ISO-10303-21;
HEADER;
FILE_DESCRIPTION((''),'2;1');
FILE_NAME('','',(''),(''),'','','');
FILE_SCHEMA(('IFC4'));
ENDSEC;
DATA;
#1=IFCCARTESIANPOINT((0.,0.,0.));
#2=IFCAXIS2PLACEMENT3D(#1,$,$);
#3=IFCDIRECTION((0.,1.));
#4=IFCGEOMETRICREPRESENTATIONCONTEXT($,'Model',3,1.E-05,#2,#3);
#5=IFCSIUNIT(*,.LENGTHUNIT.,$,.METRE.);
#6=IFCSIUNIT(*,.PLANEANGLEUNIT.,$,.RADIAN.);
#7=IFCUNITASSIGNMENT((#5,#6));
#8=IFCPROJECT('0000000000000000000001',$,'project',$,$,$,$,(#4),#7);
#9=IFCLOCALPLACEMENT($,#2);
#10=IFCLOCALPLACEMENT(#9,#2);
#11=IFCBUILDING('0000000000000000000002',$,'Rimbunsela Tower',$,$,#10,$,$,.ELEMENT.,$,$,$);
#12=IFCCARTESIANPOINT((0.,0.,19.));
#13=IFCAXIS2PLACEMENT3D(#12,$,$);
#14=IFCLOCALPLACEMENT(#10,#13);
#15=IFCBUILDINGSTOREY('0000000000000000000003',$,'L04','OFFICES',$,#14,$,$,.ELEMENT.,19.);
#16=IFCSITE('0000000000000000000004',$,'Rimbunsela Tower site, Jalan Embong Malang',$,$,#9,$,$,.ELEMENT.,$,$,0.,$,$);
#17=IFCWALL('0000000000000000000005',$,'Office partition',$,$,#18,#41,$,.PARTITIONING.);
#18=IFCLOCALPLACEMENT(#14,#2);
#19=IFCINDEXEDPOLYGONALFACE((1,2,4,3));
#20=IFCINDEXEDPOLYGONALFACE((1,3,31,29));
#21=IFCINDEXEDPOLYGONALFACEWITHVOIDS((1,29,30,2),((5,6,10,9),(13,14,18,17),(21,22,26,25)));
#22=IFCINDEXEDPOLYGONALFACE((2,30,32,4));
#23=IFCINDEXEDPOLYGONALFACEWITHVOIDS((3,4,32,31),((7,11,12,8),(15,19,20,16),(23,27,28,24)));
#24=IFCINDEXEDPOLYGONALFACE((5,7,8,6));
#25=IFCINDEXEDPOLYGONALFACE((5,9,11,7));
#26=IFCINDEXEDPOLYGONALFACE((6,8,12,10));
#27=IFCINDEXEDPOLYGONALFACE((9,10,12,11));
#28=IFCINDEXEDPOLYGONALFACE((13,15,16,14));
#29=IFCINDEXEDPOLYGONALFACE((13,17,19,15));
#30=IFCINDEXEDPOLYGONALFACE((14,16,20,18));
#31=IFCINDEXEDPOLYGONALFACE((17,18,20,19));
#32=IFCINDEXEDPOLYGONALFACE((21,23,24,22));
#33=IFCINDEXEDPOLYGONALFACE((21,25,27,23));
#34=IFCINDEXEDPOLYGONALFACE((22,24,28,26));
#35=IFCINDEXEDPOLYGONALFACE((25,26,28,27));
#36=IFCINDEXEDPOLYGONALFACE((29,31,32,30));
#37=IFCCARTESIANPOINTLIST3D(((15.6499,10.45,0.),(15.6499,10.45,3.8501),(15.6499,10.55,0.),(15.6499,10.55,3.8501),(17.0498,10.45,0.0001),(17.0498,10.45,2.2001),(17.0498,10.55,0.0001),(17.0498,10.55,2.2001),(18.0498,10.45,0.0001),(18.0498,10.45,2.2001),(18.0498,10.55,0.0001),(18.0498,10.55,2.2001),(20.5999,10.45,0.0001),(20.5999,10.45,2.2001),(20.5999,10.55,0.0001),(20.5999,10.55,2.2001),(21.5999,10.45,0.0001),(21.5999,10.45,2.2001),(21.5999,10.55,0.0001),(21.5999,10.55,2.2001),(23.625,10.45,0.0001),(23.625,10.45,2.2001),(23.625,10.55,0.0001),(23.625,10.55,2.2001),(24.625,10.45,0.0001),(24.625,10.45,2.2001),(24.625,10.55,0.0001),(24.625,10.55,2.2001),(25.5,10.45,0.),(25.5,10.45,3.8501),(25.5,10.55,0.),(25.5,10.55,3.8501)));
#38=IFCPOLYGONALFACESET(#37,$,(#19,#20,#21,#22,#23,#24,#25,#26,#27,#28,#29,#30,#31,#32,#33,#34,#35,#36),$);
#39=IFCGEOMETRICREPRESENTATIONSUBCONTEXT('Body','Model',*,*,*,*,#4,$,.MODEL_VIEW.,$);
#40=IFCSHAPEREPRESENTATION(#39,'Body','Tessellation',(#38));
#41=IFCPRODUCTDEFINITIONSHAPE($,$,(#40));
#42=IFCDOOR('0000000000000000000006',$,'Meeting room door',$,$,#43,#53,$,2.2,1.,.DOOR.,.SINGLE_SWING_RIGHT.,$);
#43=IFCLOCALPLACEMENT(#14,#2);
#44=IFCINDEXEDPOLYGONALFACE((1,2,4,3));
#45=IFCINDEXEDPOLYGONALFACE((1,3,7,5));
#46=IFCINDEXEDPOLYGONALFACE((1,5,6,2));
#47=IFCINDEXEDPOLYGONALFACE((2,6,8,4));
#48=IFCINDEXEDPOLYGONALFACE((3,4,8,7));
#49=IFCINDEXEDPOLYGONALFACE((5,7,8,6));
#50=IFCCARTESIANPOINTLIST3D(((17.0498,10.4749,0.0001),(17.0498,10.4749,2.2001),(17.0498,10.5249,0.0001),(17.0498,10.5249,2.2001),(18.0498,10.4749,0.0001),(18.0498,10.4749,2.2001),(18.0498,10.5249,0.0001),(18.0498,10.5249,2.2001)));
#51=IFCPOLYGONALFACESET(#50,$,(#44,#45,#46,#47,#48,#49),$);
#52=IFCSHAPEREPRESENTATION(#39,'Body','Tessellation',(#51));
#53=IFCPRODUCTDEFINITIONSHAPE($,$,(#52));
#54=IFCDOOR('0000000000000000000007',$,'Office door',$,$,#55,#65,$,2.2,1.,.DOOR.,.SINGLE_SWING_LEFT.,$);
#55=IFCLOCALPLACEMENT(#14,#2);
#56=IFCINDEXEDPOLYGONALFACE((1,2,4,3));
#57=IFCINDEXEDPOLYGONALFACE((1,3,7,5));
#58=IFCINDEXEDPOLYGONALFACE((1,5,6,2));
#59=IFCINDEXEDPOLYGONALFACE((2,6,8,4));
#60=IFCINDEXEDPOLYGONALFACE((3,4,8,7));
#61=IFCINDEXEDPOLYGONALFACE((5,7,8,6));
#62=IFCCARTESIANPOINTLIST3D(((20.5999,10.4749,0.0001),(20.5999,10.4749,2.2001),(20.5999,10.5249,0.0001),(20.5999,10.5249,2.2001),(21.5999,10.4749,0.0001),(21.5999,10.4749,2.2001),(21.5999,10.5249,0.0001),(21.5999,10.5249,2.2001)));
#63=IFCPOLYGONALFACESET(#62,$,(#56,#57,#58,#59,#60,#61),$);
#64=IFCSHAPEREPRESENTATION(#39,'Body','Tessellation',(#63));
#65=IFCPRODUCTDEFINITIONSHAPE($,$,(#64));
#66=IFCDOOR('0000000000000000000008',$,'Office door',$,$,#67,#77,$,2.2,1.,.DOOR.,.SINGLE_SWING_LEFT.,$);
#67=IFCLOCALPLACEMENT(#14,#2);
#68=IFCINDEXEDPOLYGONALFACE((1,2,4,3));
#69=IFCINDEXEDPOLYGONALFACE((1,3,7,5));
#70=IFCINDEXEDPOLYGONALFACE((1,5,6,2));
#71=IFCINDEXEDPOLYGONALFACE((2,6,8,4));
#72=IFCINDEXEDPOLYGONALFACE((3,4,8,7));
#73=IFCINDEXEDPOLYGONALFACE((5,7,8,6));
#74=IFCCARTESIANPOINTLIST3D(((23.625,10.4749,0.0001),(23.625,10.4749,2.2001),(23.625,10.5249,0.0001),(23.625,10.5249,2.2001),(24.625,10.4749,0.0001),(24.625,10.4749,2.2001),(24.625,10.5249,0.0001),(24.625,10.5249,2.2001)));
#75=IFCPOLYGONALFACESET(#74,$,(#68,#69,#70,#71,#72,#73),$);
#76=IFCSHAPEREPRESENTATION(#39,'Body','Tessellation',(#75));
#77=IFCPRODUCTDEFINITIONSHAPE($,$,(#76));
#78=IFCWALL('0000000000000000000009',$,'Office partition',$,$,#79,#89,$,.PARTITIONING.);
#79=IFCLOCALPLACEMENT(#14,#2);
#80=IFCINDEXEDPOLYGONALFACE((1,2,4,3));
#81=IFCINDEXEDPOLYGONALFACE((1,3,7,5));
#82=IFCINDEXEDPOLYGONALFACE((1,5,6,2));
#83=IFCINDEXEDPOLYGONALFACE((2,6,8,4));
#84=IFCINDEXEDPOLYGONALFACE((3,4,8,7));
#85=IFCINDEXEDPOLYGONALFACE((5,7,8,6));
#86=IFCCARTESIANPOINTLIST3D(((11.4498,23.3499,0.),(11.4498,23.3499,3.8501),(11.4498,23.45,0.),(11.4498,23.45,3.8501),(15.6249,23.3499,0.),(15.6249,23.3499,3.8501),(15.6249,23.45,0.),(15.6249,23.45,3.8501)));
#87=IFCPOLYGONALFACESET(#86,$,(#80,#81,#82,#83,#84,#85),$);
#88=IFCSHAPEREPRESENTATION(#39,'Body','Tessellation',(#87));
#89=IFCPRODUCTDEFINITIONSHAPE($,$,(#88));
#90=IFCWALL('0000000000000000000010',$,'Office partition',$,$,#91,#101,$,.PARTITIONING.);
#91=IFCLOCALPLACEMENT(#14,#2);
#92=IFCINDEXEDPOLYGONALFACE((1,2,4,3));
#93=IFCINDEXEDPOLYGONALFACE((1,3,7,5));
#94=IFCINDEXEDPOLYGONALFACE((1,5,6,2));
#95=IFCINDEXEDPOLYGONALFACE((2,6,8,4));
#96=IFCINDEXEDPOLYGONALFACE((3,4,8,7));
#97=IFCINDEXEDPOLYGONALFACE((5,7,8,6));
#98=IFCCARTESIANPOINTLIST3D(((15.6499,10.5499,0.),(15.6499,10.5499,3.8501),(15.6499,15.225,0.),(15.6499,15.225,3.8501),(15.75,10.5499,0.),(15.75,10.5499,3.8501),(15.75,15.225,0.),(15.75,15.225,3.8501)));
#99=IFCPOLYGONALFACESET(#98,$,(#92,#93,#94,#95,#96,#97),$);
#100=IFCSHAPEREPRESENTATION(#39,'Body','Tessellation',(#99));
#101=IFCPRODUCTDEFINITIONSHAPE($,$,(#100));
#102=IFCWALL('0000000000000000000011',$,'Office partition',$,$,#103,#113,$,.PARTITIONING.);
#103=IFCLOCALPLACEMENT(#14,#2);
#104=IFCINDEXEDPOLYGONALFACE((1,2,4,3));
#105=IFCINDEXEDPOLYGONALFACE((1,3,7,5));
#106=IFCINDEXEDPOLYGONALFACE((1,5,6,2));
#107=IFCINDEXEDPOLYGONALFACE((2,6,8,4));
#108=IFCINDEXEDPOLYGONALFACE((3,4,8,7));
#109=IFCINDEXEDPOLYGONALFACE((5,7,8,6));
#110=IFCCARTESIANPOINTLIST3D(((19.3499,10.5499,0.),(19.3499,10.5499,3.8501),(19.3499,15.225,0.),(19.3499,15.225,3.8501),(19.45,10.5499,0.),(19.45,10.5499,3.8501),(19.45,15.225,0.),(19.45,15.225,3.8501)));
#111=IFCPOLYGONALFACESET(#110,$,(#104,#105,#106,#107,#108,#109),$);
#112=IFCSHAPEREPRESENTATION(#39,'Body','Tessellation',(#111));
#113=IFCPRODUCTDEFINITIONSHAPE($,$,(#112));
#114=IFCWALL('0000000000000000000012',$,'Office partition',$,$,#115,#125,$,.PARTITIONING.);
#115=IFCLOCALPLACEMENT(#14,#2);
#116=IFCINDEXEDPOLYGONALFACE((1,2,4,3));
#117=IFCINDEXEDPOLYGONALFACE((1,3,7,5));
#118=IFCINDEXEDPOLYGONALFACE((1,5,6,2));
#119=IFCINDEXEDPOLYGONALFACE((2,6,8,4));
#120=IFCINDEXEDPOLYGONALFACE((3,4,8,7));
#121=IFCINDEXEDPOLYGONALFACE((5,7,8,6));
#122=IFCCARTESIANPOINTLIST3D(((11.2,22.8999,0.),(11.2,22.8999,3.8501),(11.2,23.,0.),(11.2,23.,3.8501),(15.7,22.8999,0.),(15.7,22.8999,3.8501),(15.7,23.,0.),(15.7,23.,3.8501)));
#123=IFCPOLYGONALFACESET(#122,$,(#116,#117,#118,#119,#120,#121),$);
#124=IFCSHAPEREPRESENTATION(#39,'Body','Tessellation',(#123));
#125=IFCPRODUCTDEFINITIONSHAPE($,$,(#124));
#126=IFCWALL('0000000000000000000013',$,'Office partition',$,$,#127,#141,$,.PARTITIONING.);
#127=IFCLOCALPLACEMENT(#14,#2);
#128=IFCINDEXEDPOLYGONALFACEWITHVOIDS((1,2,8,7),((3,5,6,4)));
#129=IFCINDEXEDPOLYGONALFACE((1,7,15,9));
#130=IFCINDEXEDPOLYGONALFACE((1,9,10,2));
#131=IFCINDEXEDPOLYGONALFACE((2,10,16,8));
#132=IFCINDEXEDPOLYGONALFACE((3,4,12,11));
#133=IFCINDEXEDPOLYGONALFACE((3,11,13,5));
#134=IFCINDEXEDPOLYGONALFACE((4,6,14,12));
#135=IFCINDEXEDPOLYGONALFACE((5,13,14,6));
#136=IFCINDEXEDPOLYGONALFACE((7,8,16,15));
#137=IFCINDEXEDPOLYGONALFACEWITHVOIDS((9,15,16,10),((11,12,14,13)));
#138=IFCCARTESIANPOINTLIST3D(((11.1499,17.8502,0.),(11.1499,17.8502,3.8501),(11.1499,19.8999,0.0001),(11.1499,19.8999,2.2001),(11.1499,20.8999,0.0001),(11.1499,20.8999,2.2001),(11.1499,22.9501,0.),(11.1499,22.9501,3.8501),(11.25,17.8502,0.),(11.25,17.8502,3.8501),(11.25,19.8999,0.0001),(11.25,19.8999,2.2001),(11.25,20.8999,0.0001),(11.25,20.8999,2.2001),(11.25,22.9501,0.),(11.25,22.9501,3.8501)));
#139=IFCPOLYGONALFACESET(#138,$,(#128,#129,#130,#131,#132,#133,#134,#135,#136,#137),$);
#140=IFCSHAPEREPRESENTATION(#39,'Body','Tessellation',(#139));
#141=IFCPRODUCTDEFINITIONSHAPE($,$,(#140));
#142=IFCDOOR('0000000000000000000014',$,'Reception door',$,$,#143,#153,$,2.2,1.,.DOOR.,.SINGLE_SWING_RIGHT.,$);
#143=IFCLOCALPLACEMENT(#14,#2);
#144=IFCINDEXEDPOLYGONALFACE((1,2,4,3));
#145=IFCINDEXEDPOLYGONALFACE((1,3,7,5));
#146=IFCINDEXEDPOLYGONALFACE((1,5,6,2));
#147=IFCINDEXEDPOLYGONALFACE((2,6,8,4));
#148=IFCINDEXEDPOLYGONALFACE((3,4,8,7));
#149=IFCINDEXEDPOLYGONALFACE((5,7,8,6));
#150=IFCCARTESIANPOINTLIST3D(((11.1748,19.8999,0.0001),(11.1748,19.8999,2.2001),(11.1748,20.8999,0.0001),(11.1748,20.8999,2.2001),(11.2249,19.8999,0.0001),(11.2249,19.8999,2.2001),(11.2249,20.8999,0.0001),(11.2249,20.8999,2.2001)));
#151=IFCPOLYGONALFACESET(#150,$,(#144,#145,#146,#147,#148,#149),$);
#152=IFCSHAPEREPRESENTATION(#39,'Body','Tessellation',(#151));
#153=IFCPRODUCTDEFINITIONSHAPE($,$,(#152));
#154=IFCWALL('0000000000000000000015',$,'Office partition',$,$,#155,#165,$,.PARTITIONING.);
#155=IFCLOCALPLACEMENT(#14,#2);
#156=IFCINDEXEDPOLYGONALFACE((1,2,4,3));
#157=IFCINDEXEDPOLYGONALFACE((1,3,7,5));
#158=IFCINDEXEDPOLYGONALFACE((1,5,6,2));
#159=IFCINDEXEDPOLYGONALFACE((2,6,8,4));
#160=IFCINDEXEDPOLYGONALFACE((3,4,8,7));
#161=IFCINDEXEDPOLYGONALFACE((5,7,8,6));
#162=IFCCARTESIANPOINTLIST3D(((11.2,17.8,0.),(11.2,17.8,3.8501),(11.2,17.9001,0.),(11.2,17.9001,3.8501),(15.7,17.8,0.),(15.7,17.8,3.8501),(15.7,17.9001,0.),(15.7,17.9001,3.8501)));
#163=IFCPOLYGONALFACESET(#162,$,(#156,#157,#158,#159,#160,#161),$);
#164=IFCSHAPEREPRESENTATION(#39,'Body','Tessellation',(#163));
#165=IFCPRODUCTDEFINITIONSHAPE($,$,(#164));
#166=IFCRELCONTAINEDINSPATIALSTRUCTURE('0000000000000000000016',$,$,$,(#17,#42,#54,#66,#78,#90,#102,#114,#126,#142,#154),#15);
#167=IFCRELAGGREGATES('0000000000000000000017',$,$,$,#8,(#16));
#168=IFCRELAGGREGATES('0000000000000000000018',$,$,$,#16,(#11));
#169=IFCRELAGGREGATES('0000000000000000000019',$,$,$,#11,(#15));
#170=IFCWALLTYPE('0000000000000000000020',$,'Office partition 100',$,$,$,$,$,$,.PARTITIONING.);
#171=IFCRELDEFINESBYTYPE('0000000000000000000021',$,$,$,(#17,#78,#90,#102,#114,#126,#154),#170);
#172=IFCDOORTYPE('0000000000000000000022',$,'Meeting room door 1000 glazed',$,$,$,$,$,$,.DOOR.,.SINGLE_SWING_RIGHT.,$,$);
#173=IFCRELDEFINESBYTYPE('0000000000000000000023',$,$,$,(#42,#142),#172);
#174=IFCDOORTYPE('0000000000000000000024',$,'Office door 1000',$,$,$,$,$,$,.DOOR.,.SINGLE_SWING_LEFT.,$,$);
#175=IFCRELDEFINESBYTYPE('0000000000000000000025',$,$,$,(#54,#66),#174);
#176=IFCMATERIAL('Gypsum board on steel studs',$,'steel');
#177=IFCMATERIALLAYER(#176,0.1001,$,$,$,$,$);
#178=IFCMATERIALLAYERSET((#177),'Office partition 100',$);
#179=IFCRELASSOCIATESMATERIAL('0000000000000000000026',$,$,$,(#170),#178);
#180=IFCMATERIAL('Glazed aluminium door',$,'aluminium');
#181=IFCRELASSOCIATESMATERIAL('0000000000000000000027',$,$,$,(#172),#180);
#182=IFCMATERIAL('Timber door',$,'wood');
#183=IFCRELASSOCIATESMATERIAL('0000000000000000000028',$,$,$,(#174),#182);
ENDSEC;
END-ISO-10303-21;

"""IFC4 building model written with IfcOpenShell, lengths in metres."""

from ifc_helpers import new_model, si_unit, direction, frame, frame_2d, origin, place, context, subcontext, project, spatial, rectangle, extrude, material, layer, layer_set, type_object, element, fill, save


model = new_model("IFC4")

# Units and contexts
model_context = context("Model", 3, precision=1e-05, world=origin(), true_north=direction((0.0, 1.0)))
body_context = subcontext(model_context, "Body", "Model", "MODEL_VIEW")
ifc_project = project(units=[si_unit("LENGTHUNIT", "METRE"), si_unit("PLANEANGLEUNIT", "RADIAN")], contexts=[model_context])

# Site, building, storey
site_placement = place(None, origin())
site = spatial("IfcSite", under=ifc_project, at=site_placement, Name="Rimbunsela Tower site, Jalan Embong Malang", CompositionType="ELEMENT", RefElevation=0.0)
building_placement = place(site_placement, origin())
building = spatial("IfcBuilding", under=site, at=building_placement, Name="Rimbunsela Tower", CompositionType="ELEMENT")
storey_placement = place(building_placement, frame((0.0, 0.0, 19.0)))
storey = spatial("IfcBuildingStorey", under=building, at=storey_placement, Name="L04", Description="OFFICES", CompositionType="ELEMENT", Elevation=19.0)

# Wall, openings, doors
ifc_material_1 = material(Name="Gypsum board on steel studs", Category="steel")
ifc_layer_1 = layer(ifc_material_1, 0.1001)
ifc_layer_set_1 = layer_set([ifc_layer_1], Name="Office partition 100")
wall_type_1 = type_object("IfcWallType", Name="Office partition 100", PredefinedType="PARTITIONING", material=ifc_layer_set_1)
wall_1_placement = place(storey_placement, frame((15.6499, 10.5, 0.0), z_axis=(0.0, 0.0, 1.0), x_axis=(1.0, 0.0, 0.0)))
wall_1 = element("IfcWall", 1, at=wall_1_placement, inside=storey, type_object=wall_type_1, Name="Office partition", PredefinedType="PARTITIONING", context=body_context, shape_type="SweptSolid", body=[
    extrude(rectangle(XDim=9.8501, YDim=0.1001, at=frame_2d((4.925, 0.0))), origin(), (0.0, 0.0, 1.0), 3.8501),
])
opening_1_placement = place(wall_1_placement, frame((1.3999, 0.0, 0.0)))
opening_1 = element("IfcOpeningElement", 2, at=opening_1_placement, cuts=wall_1, PredefinedType="OPENING", context=body_context, shape_type="SweptSolid", body=[
    extrude(rectangle(XDim=1.0, YDim=2.2, at=frame_2d((0.5, 1.1001))), frame((0.0, 0.0601, 0.0), z_axis=(0.0, -1.0, 0.0), x_axis=(1.0, 0.0, 0.0)), (0.0, 0.0, 1.0), 0.1201),
])
opening_2_placement = place(wall_1_placement, frame((4.95, 0.0, 0.0)))
opening_2 = element("IfcOpeningElement", 3, at=opening_2_placement, cuts=wall_1, PredefinedType="OPENING", context=body_context, shape_type="SweptSolid", body=[
    extrude(rectangle(XDim=1.0, YDim=2.2, at=frame_2d((0.5, 1.1001))), frame((0.0, 0.0601, 0.0), z_axis=(0.0, -1.0, 0.0), x_axis=(1.0, 0.0, 0.0)), (0.0, 0.0, 1.0), 0.1201),
])
opening_3_placement = place(wall_1_placement, frame((7.9751, 0.0, 0.0)))
opening_3 = element("IfcOpeningElement", 4, at=opening_3_placement, cuts=wall_1, PredefinedType="OPENING", context=body_context, shape_type="SweptSolid", body=[
    extrude(rectangle(XDim=1.0, YDim=2.2, at=frame_2d((0.5, 1.1001))), frame((0.0, 0.0601, 0.0), z_axis=(0.0, -1.0, 0.0), x_axis=(1.0, 0.0, 0.0)), (0.0, 0.0, 1.0), 0.1201),
])
ifc_material_2 = material(Name="Glazed aluminium door", Category="aluminium")
door_type_1 = type_object("IfcDoorType", Name="Meeting room door 1000 glazed", OperationType="SINGLE_SWING_RIGHT", PredefinedType="DOOR", material=ifc_material_2)
door_1_placement = place(opening_1_placement, origin())
door_1 = element("IfcDoor", 5, at=door_1_placement, inside=storey, type_object=door_type_1, Name="Meeting room door", OperationType="SINGLE_SWING_RIGHT", OverallHeight=2.2, OverallWidth=1.0, PredefinedType="DOOR", context=body_context, shape_type="SweptSolid", body=[
    extrude(rectangle(XDim=1.0, YDim=2.2, at=frame_2d((0.5, 1.1001))), frame((0.0, 0.0249, 0.0), z_axis=(0.0, -1.0, 0.0), x_axis=(1.0, 0.0, 0.0)), (0.0, 0.0, 1.0), 0.05),
])
fill(opening_1, door_1)
ifc_material_3 = material(Name="Timber door", Category="wood")
door_type_2 = type_object("IfcDoorType", Name="Office door 1000", OperationType="SINGLE_SWING_LEFT", PredefinedType="DOOR", material=ifc_material_3)
door_2_placement = place(opening_2_placement, origin())
door_2 = element("IfcDoor", 6, at=door_2_placement, inside=storey, type_object=door_type_2, Name="Office door", OperationType="SINGLE_SWING_LEFT", OverallHeight=2.2, OverallWidth=1.0, PredefinedType="DOOR", context=body_context, shape_type="SweptSolid", body=[
    extrude(rectangle(XDim=1.0, YDim=2.2, at=frame_2d((0.5, 1.1001))), frame((0.0, 0.0249, 0.0), z_axis=(0.0, -1.0, 0.0), x_axis=(1.0, 0.0, 0.0)), (0.0, 0.0, 1.0), 0.05),
])
fill(opening_2, door_2)
door_3_placement = place(opening_3_placement, origin())
door_3 = element("IfcDoor", 7, at=door_3_placement, inside=storey, type_object=door_type_2, Name="Office door", OperationType="SINGLE_SWING_LEFT", OverallHeight=2.2, OverallWidth=1.0, PredefinedType="DOOR", context=body_context, shape_type="SweptSolid", body=[
    extrude(rectangle(XDim=1.0, YDim=2.2, at=frame_2d((0.5, 1.1001))), frame((0.0, 0.0249, 0.0), z_axis=(0.0, -1.0, 0.0), x_axis=(1.0, 0.0, 0.0)), (0.0, 0.0, 1.0), 0.05),
])
fill(opening_3, door_3)

# Walls
wall_2_placement = place(storey_placement, frame((11.45, 23.3999, 0.0), z_axis=(0.0, 0.0, 1.0), x_axis=(1.0, 0.0, 0.0)))
element("IfcWall", 8, at=wall_2_placement, inside=storey, type_object=wall_type_1, Name="Office partition", PredefinedType="PARTITIONING", context=body_context, shape_type="SweptSolid", body=[
    extrude(rectangle(XDim=4.175, YDim=0.1001, at=frame_2d((2.0874, 0.0))), origin(), (0.0, 0.0, 1.0), 3.8501),
])
for number, where, z_axis, x_axis, name in (
    (9, (15.7, 10.55, 0.0), (0.0, 0.0, 1.0), (0.0, 1.0, 0.0), "Office partition"),
    (10, (19.3999, 10.55, 0.0), (0.0, 0.0, 1.0), (0.0, 1.0, 0.0), "Office partition"),
):
    element("IfcWall", number, at=place(storey_placement, frame(where, z_axis=z_axis, x_axis=x_axis)), inside=storey, type_object=wall_type_1, Name=name, PredefinedType="PARTITIONING", context=body_context, shape_type="SweptSolid", body=[
        extrude(rectangle(XDim=4.675, YDim=0.1001, at=frame_2d((2.3374, 0.0))), origin(), (0.0, 0.0, 1.0), 3.8501),
    ])
wall_3_placement = place(storey_placement, frame((15.7, 22.95, 0.0), z_axis=(0.0, 0.0, 1.0), x_axis=(-1.0, 0.0, 0.0)))
element("IfcWall", 11, at=wall_3_placement, inside=storey, type_object=wall_type_1, Name="Office partition", PredefinedType="PARTITIONING", context=body_context, shape_type="SweptSolid", body=[
    extrude(rectangle(XDim=4.5, YDim=0.1001, at=frame_2d((2.25, 0.0))), origin(), (0.0, 0.0, 1.0), 3.8501),
])

# Wall, opening, door
wall_4_placement = place(storey_placement, frame((11.2, 22.95, 0.0), z_axis=(0.0, 0.0, 1.0), x_axis=(0.0, -1.0, 0.0)))
wall_4 = element("IfcWall", 12, at=wall_4_placement, inside=storey, type_object=wall_type_1, Name="Office partition", PredefinedType="PARTITIONING", context=body_context, shape_type="SweptSolid", body=[
    extrude(rectangle(XDim=5.0999, YDim=0.1001, at=frame_2d((2.5498, 0.0))), origin(), (0.0, 0.0, 1.0), 3.8501),
])
opening_4_placement = place(wall_4_placement, frame((2.05, 0.0, 0.0)))
opening_4 = element("IfcOpeningElement", 13, at=opening_4_placement, cuts=wall_4, PredefinedType="OPENING", context=body_context, shape_type="SweptSolid", body=[
    extrude(rectangle(XDim=1.0, YDim=2.2, at=frame_2d((0.5, 1.1001))), frame((0.0, 0.0601, 0.0), z_axis=(0.0, -1.0, 0.0), x_axis=(1.0, 0.0, 0.0)), (0.0, 0.0, 1.0), 0.1201),
])
door_4_placement = place(opening_4_placement, origin())
door_4 = element("IfcDoor", 14, at=door_4_placement, inside=storey, type_object=door_type_1, Name="Reception door", OperationType="SINGLE_SWING_RIGHT", OverallHeight=2.2, OverallWidth=1.0, PredefinedType="DOOR", context=body_context, shape_type="SweptSolid", body=[
    extrude(rectangle(XDim=1.0, YDim=2.2, at=frame_2d((0.5, 1.1001))), frame((0.0, 0.0249, 0.0), z_axis=(0.0, -1.0, 0.0), x_axis=(1.0, 0.0, 0.0)), (0.0, 0.0, 1.0), 0.05),
])
fill(opening_4, door_4)

# Wall
wall_5_placement = place(storey_placement, frame((11.2, 17.8501, 0.0), z_axis=(0.0, 0.0, 1.0), x_axis=(1.0, 0.0, 0.0)))
element("IfcWall", 15, at=wall_5_placement, inside=storey, type_object=wall_type_1, Name="Office partition", PredefinedType="PARTITIONING", context=body_context, shape_type="SweptSolid", body=[
    extrude(rectangle(XDim=4.5, YDim=0.1001, at=frame_2d((2.25, 0.0))), origin(), (0.0, 0.0, 1.0), 3.8501),
])

save(model, "model.ifc")
